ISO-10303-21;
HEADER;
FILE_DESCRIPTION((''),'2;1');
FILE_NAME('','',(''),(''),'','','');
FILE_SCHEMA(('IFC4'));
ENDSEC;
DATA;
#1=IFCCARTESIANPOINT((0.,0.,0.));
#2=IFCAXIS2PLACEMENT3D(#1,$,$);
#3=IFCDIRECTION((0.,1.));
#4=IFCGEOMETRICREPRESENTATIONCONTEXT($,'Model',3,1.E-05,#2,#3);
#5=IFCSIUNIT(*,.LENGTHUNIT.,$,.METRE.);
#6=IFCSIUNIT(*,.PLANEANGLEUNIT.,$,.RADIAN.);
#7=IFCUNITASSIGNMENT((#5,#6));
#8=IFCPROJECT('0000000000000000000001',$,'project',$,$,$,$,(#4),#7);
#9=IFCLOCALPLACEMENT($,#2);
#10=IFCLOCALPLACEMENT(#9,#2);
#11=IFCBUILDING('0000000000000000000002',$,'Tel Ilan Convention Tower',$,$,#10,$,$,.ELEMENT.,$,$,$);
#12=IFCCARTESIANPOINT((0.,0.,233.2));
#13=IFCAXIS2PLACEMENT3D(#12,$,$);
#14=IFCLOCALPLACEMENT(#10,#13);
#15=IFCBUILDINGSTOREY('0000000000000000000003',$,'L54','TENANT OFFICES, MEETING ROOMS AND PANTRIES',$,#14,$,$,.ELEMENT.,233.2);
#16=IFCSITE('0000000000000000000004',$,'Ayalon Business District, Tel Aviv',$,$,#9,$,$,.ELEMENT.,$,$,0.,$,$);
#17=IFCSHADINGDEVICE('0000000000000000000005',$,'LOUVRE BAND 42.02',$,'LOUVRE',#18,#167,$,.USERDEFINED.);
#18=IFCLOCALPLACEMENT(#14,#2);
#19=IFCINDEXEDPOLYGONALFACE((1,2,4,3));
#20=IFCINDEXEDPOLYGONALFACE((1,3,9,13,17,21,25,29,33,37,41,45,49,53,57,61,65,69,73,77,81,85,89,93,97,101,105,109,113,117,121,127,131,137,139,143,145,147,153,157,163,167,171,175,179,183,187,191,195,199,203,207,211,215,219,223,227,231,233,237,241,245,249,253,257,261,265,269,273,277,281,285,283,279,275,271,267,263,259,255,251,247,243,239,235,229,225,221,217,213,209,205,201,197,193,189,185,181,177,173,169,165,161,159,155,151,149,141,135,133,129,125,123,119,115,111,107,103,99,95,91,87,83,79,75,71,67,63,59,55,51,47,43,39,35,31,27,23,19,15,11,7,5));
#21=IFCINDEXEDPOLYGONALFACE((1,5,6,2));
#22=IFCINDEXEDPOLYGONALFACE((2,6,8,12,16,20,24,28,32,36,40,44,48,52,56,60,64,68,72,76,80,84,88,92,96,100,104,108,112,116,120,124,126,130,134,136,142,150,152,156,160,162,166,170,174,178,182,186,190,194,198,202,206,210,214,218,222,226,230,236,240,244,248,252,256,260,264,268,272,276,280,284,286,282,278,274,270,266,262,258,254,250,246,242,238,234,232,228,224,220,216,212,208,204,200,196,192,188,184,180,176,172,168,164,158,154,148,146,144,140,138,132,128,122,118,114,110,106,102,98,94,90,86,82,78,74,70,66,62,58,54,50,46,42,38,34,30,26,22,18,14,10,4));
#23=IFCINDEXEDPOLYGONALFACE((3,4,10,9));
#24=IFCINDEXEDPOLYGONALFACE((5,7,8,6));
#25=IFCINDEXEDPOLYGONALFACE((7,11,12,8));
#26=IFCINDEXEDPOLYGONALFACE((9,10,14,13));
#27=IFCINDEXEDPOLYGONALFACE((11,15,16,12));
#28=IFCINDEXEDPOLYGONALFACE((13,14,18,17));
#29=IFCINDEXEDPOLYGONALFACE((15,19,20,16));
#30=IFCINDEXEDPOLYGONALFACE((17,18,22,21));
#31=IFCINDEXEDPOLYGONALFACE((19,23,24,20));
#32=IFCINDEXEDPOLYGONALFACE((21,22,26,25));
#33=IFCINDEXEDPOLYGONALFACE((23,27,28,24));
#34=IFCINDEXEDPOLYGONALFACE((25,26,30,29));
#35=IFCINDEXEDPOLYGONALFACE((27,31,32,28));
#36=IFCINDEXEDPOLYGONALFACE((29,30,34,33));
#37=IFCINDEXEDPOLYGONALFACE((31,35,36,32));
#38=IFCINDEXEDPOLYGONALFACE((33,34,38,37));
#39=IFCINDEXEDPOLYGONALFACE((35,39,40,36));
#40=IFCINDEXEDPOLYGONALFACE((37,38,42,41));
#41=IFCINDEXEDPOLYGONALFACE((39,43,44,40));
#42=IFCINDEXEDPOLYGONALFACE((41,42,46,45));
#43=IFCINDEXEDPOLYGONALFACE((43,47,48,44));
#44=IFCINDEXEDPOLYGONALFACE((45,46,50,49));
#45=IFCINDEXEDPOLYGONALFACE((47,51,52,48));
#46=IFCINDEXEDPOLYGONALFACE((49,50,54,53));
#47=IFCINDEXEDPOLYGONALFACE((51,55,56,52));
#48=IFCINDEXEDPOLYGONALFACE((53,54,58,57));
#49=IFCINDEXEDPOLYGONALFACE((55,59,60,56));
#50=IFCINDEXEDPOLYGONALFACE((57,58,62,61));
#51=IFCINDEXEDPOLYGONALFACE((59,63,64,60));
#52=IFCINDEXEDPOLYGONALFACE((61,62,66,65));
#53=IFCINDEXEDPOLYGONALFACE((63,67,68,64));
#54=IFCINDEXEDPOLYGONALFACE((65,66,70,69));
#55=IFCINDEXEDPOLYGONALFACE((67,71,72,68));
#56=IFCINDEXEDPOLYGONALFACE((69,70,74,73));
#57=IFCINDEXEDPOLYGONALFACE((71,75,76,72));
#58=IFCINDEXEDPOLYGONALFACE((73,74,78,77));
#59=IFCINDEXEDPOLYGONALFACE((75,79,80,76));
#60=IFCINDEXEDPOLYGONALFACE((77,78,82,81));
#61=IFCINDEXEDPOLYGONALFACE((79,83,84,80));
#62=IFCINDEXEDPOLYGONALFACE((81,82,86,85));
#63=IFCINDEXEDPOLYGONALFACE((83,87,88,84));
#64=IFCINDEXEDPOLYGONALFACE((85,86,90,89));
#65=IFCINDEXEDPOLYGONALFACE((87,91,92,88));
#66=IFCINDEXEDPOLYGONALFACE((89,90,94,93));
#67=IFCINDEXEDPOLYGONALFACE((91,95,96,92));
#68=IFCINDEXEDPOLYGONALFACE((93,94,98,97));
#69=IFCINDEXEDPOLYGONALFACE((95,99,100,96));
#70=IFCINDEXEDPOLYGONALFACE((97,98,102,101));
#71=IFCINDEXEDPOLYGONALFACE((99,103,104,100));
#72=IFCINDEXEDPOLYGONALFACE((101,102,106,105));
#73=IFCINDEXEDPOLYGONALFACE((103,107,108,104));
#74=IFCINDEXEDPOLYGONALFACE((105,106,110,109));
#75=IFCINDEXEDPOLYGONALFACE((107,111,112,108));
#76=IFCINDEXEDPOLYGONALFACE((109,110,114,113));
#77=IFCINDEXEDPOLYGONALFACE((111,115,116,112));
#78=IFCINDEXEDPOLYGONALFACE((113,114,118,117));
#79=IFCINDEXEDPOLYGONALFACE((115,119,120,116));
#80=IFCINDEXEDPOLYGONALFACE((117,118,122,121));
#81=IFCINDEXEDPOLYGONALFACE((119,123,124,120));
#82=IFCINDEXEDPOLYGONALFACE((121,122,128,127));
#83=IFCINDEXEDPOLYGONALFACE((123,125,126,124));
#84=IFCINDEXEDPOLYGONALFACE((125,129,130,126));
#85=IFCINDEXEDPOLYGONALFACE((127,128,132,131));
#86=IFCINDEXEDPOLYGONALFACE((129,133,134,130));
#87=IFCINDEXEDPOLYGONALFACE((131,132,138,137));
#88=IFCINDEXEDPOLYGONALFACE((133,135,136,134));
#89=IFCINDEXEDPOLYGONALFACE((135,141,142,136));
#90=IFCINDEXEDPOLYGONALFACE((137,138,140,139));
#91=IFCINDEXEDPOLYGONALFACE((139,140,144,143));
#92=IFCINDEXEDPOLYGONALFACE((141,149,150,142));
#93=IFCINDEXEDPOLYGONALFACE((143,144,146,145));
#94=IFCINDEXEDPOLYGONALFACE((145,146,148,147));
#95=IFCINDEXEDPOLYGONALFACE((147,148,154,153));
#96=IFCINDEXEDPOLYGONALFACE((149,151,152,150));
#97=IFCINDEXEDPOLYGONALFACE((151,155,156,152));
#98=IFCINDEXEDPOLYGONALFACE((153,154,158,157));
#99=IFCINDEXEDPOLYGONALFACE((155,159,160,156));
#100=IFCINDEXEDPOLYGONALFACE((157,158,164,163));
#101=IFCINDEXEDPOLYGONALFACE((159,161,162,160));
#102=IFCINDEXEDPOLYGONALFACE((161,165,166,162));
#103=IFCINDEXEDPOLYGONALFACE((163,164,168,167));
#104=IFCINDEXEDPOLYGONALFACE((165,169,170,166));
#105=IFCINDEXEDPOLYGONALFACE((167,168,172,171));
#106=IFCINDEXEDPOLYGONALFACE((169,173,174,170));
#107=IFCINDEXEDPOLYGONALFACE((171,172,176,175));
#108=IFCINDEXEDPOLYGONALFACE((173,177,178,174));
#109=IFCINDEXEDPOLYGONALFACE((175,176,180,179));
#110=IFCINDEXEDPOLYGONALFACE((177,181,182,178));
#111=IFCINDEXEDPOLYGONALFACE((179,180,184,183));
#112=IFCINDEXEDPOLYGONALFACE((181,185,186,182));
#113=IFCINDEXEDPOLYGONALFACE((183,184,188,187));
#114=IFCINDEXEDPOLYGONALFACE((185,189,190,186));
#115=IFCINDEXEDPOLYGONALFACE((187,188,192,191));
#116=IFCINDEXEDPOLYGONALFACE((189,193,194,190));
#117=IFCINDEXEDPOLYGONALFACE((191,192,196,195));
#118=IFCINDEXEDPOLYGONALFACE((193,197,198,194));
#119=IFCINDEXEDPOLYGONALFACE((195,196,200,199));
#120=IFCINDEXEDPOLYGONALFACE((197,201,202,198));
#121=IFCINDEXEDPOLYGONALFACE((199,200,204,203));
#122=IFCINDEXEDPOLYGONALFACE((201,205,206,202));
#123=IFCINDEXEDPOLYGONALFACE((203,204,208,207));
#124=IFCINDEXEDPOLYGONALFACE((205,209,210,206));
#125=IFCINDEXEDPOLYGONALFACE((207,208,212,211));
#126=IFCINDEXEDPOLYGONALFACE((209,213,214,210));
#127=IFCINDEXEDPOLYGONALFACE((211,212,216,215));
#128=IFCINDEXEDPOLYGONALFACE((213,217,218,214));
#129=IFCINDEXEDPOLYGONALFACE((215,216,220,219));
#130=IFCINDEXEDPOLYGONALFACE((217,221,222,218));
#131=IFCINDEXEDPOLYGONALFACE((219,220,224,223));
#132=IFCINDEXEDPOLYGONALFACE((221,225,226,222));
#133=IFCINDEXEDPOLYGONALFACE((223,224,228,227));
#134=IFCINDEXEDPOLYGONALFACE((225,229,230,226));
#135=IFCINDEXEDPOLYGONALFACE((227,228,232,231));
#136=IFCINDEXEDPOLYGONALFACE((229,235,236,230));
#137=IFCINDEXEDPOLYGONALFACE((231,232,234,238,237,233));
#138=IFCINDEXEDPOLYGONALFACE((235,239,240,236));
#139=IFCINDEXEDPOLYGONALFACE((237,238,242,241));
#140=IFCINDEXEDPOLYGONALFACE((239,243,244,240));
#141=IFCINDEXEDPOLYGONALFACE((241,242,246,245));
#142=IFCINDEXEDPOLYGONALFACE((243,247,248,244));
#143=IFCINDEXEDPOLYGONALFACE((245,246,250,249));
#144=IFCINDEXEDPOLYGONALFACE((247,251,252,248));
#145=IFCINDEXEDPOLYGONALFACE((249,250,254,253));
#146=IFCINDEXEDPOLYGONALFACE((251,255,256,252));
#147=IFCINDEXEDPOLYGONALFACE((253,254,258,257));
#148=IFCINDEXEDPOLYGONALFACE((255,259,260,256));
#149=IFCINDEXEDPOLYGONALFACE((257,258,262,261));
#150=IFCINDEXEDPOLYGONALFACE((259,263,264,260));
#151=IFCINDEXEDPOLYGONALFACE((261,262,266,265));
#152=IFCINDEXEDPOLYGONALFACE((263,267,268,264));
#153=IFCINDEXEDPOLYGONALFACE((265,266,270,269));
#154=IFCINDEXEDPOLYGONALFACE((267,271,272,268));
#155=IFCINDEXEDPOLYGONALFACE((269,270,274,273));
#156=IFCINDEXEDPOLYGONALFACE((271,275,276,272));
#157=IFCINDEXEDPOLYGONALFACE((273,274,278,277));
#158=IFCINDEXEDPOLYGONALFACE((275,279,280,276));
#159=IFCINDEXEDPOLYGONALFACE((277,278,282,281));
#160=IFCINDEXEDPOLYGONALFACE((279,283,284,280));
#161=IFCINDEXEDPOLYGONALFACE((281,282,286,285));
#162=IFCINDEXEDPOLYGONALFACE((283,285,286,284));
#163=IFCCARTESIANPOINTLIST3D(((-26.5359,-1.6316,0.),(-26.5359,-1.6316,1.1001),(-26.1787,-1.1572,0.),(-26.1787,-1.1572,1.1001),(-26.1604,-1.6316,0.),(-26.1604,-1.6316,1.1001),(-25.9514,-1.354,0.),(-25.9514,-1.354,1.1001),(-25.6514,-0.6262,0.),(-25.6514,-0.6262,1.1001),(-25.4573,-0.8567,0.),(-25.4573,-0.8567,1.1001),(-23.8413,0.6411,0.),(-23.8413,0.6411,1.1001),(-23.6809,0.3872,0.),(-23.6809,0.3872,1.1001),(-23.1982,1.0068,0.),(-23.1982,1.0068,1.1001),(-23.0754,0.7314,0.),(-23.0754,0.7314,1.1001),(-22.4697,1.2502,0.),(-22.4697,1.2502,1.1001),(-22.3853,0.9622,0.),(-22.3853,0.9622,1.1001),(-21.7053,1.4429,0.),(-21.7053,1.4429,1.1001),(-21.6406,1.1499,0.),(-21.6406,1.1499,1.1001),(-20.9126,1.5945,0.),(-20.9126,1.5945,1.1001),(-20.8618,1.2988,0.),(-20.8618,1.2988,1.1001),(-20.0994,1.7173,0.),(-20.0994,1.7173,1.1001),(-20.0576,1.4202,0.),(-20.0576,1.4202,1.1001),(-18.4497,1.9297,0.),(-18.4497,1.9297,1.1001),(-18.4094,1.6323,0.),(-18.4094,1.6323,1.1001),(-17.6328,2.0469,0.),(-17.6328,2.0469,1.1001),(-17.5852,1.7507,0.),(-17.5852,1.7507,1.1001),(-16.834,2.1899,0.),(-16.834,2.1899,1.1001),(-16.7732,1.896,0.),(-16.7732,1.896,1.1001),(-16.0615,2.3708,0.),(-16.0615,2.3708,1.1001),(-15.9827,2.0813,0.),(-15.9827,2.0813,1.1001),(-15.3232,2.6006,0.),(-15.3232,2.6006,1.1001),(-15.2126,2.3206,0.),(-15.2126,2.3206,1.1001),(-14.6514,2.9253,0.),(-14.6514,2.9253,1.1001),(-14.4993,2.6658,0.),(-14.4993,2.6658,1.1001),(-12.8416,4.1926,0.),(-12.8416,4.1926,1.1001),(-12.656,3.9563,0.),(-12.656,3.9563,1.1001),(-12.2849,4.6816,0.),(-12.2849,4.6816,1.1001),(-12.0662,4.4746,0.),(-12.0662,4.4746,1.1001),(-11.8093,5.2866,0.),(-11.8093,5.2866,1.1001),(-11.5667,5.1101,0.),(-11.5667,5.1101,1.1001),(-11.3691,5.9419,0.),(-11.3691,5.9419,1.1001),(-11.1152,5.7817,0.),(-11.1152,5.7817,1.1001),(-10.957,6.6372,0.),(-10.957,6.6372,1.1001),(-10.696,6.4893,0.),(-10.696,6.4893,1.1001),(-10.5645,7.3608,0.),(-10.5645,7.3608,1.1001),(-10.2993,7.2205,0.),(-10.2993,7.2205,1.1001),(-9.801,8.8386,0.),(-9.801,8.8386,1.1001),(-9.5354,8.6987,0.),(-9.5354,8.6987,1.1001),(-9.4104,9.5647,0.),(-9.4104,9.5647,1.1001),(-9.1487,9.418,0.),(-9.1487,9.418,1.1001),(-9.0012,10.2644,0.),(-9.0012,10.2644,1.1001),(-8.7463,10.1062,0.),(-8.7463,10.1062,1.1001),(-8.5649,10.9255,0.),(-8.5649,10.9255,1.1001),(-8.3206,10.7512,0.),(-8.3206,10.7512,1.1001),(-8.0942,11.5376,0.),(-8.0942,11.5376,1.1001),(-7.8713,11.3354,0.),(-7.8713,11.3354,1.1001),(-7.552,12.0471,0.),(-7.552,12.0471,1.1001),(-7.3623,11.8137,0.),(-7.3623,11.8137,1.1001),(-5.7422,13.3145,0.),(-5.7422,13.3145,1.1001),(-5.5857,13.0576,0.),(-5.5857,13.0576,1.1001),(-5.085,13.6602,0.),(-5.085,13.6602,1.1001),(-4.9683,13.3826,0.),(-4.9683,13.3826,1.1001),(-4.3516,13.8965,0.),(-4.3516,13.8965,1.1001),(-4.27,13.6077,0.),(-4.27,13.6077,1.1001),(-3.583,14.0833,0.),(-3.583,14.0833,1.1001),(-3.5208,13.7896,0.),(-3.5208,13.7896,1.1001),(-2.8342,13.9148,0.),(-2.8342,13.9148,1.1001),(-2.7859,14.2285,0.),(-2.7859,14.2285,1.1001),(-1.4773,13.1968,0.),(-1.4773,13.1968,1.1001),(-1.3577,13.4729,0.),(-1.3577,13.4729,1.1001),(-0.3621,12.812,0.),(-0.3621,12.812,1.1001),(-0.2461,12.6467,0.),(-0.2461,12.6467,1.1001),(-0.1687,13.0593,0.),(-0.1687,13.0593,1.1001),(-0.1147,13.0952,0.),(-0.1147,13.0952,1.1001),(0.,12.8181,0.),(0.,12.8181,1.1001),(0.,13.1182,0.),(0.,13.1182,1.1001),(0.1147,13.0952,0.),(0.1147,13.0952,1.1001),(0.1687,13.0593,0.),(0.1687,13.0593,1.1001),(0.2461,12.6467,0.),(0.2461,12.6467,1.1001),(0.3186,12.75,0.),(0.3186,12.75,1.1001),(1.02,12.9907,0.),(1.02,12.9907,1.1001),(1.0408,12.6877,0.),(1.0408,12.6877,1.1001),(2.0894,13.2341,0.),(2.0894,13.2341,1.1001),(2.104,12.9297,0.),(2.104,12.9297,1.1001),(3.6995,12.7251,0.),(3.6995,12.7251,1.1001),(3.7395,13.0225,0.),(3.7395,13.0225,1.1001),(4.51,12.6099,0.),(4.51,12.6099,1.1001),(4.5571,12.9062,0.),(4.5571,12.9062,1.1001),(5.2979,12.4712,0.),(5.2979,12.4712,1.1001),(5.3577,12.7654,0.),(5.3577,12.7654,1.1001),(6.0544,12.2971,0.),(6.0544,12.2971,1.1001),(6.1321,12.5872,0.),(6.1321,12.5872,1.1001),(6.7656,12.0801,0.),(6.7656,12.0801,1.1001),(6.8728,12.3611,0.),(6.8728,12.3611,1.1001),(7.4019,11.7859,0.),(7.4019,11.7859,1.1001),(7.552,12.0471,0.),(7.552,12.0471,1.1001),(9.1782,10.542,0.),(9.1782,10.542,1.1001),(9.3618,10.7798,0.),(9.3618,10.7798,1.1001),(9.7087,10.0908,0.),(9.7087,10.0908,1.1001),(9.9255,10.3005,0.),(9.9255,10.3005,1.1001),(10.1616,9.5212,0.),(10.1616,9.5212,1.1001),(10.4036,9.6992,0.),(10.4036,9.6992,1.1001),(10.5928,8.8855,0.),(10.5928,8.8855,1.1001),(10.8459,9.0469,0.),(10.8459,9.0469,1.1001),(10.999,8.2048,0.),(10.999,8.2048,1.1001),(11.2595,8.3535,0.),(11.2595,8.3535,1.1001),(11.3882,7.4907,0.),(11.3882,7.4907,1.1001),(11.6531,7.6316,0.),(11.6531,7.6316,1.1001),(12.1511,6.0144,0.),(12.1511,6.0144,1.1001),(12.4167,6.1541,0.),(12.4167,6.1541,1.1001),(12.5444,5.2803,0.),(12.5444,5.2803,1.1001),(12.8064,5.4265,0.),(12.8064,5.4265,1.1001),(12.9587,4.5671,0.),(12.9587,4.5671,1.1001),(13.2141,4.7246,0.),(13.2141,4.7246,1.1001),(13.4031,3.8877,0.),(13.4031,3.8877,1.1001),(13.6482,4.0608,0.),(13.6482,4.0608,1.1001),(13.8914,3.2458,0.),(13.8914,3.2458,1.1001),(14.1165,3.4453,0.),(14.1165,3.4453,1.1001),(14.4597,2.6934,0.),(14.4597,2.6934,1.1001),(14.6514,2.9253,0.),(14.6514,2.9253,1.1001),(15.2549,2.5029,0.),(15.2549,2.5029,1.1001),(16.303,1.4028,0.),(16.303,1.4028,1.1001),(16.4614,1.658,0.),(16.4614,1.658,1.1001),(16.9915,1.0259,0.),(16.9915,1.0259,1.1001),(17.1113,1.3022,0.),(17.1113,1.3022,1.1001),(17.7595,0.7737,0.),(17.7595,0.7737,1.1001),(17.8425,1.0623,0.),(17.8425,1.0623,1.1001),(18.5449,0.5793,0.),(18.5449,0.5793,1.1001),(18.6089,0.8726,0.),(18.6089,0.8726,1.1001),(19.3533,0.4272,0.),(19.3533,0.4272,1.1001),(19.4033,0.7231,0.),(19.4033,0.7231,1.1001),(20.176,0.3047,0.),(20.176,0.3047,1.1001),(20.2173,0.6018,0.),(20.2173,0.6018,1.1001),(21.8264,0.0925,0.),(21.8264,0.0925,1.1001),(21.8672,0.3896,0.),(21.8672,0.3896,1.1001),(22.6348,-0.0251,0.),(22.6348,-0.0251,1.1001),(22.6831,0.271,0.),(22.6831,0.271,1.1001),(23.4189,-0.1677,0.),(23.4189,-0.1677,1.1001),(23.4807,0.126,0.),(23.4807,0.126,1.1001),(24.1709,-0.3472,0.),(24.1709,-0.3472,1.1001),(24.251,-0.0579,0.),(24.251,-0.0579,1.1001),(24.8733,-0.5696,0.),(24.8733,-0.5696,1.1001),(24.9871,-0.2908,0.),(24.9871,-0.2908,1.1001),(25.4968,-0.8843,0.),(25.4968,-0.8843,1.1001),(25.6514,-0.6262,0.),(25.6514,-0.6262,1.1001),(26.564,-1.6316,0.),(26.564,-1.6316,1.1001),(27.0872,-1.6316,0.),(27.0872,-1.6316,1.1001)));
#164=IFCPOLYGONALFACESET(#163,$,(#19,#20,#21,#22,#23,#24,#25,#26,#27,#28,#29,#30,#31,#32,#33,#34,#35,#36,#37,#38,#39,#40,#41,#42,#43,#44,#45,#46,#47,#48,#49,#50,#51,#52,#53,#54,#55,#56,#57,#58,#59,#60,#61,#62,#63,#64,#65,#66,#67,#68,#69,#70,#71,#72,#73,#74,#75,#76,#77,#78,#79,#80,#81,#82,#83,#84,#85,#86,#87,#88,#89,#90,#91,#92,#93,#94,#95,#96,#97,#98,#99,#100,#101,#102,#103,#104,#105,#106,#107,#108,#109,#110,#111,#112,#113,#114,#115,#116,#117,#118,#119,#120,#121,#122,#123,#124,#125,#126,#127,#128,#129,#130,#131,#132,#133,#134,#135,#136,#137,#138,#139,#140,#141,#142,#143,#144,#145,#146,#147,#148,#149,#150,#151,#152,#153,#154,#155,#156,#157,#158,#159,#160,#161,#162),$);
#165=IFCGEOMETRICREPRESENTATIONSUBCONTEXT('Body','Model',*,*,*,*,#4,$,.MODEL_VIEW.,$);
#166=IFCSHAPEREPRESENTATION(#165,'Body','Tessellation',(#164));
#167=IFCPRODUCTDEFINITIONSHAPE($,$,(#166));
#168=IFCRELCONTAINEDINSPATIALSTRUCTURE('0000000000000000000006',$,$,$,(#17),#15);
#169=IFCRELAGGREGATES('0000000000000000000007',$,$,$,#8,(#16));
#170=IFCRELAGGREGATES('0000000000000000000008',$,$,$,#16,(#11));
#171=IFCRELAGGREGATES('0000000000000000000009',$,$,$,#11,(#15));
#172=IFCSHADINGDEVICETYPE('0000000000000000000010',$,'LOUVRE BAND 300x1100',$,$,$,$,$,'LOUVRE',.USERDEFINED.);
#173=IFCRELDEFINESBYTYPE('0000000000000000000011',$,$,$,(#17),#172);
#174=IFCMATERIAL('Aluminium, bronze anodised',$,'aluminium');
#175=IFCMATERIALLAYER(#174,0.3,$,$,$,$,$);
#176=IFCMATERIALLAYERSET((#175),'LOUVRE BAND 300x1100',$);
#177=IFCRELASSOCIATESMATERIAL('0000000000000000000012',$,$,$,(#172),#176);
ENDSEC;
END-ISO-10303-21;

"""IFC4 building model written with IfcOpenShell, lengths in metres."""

from ifc_helpers import new_model, si_unit, direction, frame, origin, place, context, subcontext, project, spatial, polyline, outline, extrude, material, layer, layer_set, type_object, element, save


model = new_model("IFC4")

# Units and contexts
model_context = context("Model", 3, precision=1e-05, world=origin(), true_north=direction((0.0, 1.0)))
body_context = subcontext(model_context, "Body", "Model", "MODEL_VIEW")
ifc_project = project(units=[si_unit("LENGTHUNIT", "METRE"), si_unit("PLANEANGLEUNIT", "RADIAN")], contexts=[model_context])

# Site, building, storey
site_placement = place(None, origin())
site = spatial("IfcSite", under=ifc_project, at=site_placement, Name="Ayalon Business District, Tel Aviv", CompositionType="ELEMENT", RefElevation=0.0)
building_placement = place(site_placement, origin())
building = spatial("IfcBuilding", under=site, at=building_placement, Name="Tel Ilan Convention Tower", CompositionType="ELEMENT")
storey_placement = place(building_placement, frame((0.0, 0.0, 233.2)))
storey = spatial("IfcBuildingStorey", under=building, at=storey_placement, Name="L54", Description="TENANT OFFICES, MEETING ROOMS AND PANTRIES", CompositionType="ELEMENT", Elevation=233.2)

# Shading device
ifc_material_1 = material(Name="Aluminium, bronze anodised", Category="aluminium")
ifc_layer_1 = layer(ifc_material_1, 0.3)
ifc_layer_set_1 = layer_set([ifc_layer_1], Name="LOUVRE BAND 300x1100")
shading_device_type = type_object("IfcShadingDeviceType", Name="LOUVRE BAND 300x1100", ElementType="LOUVRE", PredefinedType="USERDEFINED", material=ifc_layer_set_1)
shading_device_1_placement = place(storey_placement, origin())
element("IfcShadingDevice", 1, at=shading_device_1_placement, inside=storey, type_object=shading_device_type, Name="LOUVRE BAND 42.02", ObjectType="LOUVRE", PredefinedType="USERDEFINED", context=body_context, shape_type="SweptSolid", body=[
    extrude(outline(polyline([(-26.1787, -1.1572), (-26.5359, -1.6316), (-26.1604, -1.6316), (-25.9514, -1.354), (-25.4573, -0.8567), (-23.6809, 0.3872), (-23.0754, 0.7314), (-22.3853, 0.9622), (-21.6406, 1.1499), (-20.8618, 1.2988), (-20.0576, 1.4202), (-18.4094, 1.6323), (-17.5852, 1.7507), (-16.7732, 1.896), (-15.9827, 2.0813), (-15.2126, 2.3206), (-14.4993, 2.6658), (-12.656, 3.9563), (-12.0662, 4.4746), (-11.5667, 5.1101), (-11.1152, 5.7817), (-10.696, 6.4893), (-10.2993, 7.2205), (-9.5354, 8.6987), (-9.1487, 9.418), (-8.7463, 10.1062), (-8.3206, 10.7512), (-7.8713, 11.3354), (-7.3623, 11.8137), (-5.5857, 13.0576), (-4.9683, 13.3826), (-4.27, 13.6077), (-3.5208, 13.7896), (-2.8342, 13.9148), (-1.4773, 13.1968), (-0.3621, 12.812), (-0.2461, 12.6467), (0.0, 12.8181), (0.2461, 12.6467), (0.3186, 12.75), (1.0408, 12.6877), (2.104, 12.9297), (3.6995, 12.7251), (4.51, 12.6099), (5.2979, 12.4712), (6.0544, 12.2971), (6.7656, 12.0801), (7.4019, 11.7859), (9.1782, 10.542), (9.7087, 10.0908), (10.1616, 9.5212), (10.5928, 8.8855), (10.999, 8.2048), (11.3882, 7.4907), (12.1511, 6.0144), (12.5444, 5.2803), (12.9587, 4.5671), (13.4031, 3.8877), (13.8914, 3.2458), (14.4597, 2.6934), (16.303, 1.4028), (16.9915, 1.0259), (17.7595, 0.7737), (18.5449, 0.5793), (19.3533, 0.4272), (20.176, 0.3047), (21.8264, 0.0925), (22.6348, -0.0251), (23.4189, -0.1677), (24.1709, -0.3472), (24.8733, -0.5696), (25.4968, -0.8843), (26.564, -1.6316), (27.0872, -1.6316), (25.6514, -0.6262), (24.9871, -0.2908), (24.251, -0.0579), (23.4807, 0.126), (22.6831, 0.271), (21.8672, 0.3896), (20.2173, 0.6018), (19.4033, 0.7231), (18.6089, 0.8726), (17.8425, 1.0623), (17.1113, 1.3022), (16.4614, 1.658), (15.2549, 2.5029), (14.6514, 2.9253), (14.1165, 3.4453), (13.6482, 4.0608), (13.2141, 4.7246), (12.8064, 5.4265), (12.4167, 6.1541), (11.6531, 7.6316), (11.2595, 8.3535), (10.8459, 9.0469), (10.4036, 9.6992), (9.9255, 10.3005), (9.3618, 10.7798), (7.552, 12.0471), (6.8728, 12.3611), (6.1321, 12.5872), (5.3577, 12.7654), (4.5571, 12.9062), (3.7395, 13.0225), (2.0894, 13.2341), (1.02, 12.9907), (0.1687, 13.0593), (0.1147, 13.0952), (0.0, 13.1182), (-0.1147, 13.0952), (-0.1687, 13.0593), (-1.3577, 13.4729), (-2.7859, 14.2285), (-3.583, 14.0833), (-4.3516, 13.8965), (-5.085, 13.6602), (-5.7422, 13.3145), (-7.552, 12.0471), (-8.0942, 11.5376), (-8.5649, 10.9255), (-9.0012, 10.2644), (-9.4104, 9.5647), (-9.801, 8.8386), (-10.5645, 7.3608), (-10.957, 6.6372), (-11.3691, 5.9419), (-11.8093, 5.2866), (-12.2849, 4.6816), (-12.8416, 4.1926), (-14.6514, 2.9253), (-15.3232, 2.6006), (-16.0615, 2.3708), (-16.834, 2.1899), (-17.6328, 2.0469), (-18.4497, 1.9297), (-20.0994, 1.7173), (-20.9126, 1.5945), (-21.7053, 1.4429), (-22.4697, 1.2502), (-23.1982, 1.0068), (-23.8413, 0.6411), (-25.6514, -0.6262), (-26.1787, -1.1572)])), origin(), (0.0, 0.0, 1.0), 1.1001),
])

save(model, "model.ifc")
